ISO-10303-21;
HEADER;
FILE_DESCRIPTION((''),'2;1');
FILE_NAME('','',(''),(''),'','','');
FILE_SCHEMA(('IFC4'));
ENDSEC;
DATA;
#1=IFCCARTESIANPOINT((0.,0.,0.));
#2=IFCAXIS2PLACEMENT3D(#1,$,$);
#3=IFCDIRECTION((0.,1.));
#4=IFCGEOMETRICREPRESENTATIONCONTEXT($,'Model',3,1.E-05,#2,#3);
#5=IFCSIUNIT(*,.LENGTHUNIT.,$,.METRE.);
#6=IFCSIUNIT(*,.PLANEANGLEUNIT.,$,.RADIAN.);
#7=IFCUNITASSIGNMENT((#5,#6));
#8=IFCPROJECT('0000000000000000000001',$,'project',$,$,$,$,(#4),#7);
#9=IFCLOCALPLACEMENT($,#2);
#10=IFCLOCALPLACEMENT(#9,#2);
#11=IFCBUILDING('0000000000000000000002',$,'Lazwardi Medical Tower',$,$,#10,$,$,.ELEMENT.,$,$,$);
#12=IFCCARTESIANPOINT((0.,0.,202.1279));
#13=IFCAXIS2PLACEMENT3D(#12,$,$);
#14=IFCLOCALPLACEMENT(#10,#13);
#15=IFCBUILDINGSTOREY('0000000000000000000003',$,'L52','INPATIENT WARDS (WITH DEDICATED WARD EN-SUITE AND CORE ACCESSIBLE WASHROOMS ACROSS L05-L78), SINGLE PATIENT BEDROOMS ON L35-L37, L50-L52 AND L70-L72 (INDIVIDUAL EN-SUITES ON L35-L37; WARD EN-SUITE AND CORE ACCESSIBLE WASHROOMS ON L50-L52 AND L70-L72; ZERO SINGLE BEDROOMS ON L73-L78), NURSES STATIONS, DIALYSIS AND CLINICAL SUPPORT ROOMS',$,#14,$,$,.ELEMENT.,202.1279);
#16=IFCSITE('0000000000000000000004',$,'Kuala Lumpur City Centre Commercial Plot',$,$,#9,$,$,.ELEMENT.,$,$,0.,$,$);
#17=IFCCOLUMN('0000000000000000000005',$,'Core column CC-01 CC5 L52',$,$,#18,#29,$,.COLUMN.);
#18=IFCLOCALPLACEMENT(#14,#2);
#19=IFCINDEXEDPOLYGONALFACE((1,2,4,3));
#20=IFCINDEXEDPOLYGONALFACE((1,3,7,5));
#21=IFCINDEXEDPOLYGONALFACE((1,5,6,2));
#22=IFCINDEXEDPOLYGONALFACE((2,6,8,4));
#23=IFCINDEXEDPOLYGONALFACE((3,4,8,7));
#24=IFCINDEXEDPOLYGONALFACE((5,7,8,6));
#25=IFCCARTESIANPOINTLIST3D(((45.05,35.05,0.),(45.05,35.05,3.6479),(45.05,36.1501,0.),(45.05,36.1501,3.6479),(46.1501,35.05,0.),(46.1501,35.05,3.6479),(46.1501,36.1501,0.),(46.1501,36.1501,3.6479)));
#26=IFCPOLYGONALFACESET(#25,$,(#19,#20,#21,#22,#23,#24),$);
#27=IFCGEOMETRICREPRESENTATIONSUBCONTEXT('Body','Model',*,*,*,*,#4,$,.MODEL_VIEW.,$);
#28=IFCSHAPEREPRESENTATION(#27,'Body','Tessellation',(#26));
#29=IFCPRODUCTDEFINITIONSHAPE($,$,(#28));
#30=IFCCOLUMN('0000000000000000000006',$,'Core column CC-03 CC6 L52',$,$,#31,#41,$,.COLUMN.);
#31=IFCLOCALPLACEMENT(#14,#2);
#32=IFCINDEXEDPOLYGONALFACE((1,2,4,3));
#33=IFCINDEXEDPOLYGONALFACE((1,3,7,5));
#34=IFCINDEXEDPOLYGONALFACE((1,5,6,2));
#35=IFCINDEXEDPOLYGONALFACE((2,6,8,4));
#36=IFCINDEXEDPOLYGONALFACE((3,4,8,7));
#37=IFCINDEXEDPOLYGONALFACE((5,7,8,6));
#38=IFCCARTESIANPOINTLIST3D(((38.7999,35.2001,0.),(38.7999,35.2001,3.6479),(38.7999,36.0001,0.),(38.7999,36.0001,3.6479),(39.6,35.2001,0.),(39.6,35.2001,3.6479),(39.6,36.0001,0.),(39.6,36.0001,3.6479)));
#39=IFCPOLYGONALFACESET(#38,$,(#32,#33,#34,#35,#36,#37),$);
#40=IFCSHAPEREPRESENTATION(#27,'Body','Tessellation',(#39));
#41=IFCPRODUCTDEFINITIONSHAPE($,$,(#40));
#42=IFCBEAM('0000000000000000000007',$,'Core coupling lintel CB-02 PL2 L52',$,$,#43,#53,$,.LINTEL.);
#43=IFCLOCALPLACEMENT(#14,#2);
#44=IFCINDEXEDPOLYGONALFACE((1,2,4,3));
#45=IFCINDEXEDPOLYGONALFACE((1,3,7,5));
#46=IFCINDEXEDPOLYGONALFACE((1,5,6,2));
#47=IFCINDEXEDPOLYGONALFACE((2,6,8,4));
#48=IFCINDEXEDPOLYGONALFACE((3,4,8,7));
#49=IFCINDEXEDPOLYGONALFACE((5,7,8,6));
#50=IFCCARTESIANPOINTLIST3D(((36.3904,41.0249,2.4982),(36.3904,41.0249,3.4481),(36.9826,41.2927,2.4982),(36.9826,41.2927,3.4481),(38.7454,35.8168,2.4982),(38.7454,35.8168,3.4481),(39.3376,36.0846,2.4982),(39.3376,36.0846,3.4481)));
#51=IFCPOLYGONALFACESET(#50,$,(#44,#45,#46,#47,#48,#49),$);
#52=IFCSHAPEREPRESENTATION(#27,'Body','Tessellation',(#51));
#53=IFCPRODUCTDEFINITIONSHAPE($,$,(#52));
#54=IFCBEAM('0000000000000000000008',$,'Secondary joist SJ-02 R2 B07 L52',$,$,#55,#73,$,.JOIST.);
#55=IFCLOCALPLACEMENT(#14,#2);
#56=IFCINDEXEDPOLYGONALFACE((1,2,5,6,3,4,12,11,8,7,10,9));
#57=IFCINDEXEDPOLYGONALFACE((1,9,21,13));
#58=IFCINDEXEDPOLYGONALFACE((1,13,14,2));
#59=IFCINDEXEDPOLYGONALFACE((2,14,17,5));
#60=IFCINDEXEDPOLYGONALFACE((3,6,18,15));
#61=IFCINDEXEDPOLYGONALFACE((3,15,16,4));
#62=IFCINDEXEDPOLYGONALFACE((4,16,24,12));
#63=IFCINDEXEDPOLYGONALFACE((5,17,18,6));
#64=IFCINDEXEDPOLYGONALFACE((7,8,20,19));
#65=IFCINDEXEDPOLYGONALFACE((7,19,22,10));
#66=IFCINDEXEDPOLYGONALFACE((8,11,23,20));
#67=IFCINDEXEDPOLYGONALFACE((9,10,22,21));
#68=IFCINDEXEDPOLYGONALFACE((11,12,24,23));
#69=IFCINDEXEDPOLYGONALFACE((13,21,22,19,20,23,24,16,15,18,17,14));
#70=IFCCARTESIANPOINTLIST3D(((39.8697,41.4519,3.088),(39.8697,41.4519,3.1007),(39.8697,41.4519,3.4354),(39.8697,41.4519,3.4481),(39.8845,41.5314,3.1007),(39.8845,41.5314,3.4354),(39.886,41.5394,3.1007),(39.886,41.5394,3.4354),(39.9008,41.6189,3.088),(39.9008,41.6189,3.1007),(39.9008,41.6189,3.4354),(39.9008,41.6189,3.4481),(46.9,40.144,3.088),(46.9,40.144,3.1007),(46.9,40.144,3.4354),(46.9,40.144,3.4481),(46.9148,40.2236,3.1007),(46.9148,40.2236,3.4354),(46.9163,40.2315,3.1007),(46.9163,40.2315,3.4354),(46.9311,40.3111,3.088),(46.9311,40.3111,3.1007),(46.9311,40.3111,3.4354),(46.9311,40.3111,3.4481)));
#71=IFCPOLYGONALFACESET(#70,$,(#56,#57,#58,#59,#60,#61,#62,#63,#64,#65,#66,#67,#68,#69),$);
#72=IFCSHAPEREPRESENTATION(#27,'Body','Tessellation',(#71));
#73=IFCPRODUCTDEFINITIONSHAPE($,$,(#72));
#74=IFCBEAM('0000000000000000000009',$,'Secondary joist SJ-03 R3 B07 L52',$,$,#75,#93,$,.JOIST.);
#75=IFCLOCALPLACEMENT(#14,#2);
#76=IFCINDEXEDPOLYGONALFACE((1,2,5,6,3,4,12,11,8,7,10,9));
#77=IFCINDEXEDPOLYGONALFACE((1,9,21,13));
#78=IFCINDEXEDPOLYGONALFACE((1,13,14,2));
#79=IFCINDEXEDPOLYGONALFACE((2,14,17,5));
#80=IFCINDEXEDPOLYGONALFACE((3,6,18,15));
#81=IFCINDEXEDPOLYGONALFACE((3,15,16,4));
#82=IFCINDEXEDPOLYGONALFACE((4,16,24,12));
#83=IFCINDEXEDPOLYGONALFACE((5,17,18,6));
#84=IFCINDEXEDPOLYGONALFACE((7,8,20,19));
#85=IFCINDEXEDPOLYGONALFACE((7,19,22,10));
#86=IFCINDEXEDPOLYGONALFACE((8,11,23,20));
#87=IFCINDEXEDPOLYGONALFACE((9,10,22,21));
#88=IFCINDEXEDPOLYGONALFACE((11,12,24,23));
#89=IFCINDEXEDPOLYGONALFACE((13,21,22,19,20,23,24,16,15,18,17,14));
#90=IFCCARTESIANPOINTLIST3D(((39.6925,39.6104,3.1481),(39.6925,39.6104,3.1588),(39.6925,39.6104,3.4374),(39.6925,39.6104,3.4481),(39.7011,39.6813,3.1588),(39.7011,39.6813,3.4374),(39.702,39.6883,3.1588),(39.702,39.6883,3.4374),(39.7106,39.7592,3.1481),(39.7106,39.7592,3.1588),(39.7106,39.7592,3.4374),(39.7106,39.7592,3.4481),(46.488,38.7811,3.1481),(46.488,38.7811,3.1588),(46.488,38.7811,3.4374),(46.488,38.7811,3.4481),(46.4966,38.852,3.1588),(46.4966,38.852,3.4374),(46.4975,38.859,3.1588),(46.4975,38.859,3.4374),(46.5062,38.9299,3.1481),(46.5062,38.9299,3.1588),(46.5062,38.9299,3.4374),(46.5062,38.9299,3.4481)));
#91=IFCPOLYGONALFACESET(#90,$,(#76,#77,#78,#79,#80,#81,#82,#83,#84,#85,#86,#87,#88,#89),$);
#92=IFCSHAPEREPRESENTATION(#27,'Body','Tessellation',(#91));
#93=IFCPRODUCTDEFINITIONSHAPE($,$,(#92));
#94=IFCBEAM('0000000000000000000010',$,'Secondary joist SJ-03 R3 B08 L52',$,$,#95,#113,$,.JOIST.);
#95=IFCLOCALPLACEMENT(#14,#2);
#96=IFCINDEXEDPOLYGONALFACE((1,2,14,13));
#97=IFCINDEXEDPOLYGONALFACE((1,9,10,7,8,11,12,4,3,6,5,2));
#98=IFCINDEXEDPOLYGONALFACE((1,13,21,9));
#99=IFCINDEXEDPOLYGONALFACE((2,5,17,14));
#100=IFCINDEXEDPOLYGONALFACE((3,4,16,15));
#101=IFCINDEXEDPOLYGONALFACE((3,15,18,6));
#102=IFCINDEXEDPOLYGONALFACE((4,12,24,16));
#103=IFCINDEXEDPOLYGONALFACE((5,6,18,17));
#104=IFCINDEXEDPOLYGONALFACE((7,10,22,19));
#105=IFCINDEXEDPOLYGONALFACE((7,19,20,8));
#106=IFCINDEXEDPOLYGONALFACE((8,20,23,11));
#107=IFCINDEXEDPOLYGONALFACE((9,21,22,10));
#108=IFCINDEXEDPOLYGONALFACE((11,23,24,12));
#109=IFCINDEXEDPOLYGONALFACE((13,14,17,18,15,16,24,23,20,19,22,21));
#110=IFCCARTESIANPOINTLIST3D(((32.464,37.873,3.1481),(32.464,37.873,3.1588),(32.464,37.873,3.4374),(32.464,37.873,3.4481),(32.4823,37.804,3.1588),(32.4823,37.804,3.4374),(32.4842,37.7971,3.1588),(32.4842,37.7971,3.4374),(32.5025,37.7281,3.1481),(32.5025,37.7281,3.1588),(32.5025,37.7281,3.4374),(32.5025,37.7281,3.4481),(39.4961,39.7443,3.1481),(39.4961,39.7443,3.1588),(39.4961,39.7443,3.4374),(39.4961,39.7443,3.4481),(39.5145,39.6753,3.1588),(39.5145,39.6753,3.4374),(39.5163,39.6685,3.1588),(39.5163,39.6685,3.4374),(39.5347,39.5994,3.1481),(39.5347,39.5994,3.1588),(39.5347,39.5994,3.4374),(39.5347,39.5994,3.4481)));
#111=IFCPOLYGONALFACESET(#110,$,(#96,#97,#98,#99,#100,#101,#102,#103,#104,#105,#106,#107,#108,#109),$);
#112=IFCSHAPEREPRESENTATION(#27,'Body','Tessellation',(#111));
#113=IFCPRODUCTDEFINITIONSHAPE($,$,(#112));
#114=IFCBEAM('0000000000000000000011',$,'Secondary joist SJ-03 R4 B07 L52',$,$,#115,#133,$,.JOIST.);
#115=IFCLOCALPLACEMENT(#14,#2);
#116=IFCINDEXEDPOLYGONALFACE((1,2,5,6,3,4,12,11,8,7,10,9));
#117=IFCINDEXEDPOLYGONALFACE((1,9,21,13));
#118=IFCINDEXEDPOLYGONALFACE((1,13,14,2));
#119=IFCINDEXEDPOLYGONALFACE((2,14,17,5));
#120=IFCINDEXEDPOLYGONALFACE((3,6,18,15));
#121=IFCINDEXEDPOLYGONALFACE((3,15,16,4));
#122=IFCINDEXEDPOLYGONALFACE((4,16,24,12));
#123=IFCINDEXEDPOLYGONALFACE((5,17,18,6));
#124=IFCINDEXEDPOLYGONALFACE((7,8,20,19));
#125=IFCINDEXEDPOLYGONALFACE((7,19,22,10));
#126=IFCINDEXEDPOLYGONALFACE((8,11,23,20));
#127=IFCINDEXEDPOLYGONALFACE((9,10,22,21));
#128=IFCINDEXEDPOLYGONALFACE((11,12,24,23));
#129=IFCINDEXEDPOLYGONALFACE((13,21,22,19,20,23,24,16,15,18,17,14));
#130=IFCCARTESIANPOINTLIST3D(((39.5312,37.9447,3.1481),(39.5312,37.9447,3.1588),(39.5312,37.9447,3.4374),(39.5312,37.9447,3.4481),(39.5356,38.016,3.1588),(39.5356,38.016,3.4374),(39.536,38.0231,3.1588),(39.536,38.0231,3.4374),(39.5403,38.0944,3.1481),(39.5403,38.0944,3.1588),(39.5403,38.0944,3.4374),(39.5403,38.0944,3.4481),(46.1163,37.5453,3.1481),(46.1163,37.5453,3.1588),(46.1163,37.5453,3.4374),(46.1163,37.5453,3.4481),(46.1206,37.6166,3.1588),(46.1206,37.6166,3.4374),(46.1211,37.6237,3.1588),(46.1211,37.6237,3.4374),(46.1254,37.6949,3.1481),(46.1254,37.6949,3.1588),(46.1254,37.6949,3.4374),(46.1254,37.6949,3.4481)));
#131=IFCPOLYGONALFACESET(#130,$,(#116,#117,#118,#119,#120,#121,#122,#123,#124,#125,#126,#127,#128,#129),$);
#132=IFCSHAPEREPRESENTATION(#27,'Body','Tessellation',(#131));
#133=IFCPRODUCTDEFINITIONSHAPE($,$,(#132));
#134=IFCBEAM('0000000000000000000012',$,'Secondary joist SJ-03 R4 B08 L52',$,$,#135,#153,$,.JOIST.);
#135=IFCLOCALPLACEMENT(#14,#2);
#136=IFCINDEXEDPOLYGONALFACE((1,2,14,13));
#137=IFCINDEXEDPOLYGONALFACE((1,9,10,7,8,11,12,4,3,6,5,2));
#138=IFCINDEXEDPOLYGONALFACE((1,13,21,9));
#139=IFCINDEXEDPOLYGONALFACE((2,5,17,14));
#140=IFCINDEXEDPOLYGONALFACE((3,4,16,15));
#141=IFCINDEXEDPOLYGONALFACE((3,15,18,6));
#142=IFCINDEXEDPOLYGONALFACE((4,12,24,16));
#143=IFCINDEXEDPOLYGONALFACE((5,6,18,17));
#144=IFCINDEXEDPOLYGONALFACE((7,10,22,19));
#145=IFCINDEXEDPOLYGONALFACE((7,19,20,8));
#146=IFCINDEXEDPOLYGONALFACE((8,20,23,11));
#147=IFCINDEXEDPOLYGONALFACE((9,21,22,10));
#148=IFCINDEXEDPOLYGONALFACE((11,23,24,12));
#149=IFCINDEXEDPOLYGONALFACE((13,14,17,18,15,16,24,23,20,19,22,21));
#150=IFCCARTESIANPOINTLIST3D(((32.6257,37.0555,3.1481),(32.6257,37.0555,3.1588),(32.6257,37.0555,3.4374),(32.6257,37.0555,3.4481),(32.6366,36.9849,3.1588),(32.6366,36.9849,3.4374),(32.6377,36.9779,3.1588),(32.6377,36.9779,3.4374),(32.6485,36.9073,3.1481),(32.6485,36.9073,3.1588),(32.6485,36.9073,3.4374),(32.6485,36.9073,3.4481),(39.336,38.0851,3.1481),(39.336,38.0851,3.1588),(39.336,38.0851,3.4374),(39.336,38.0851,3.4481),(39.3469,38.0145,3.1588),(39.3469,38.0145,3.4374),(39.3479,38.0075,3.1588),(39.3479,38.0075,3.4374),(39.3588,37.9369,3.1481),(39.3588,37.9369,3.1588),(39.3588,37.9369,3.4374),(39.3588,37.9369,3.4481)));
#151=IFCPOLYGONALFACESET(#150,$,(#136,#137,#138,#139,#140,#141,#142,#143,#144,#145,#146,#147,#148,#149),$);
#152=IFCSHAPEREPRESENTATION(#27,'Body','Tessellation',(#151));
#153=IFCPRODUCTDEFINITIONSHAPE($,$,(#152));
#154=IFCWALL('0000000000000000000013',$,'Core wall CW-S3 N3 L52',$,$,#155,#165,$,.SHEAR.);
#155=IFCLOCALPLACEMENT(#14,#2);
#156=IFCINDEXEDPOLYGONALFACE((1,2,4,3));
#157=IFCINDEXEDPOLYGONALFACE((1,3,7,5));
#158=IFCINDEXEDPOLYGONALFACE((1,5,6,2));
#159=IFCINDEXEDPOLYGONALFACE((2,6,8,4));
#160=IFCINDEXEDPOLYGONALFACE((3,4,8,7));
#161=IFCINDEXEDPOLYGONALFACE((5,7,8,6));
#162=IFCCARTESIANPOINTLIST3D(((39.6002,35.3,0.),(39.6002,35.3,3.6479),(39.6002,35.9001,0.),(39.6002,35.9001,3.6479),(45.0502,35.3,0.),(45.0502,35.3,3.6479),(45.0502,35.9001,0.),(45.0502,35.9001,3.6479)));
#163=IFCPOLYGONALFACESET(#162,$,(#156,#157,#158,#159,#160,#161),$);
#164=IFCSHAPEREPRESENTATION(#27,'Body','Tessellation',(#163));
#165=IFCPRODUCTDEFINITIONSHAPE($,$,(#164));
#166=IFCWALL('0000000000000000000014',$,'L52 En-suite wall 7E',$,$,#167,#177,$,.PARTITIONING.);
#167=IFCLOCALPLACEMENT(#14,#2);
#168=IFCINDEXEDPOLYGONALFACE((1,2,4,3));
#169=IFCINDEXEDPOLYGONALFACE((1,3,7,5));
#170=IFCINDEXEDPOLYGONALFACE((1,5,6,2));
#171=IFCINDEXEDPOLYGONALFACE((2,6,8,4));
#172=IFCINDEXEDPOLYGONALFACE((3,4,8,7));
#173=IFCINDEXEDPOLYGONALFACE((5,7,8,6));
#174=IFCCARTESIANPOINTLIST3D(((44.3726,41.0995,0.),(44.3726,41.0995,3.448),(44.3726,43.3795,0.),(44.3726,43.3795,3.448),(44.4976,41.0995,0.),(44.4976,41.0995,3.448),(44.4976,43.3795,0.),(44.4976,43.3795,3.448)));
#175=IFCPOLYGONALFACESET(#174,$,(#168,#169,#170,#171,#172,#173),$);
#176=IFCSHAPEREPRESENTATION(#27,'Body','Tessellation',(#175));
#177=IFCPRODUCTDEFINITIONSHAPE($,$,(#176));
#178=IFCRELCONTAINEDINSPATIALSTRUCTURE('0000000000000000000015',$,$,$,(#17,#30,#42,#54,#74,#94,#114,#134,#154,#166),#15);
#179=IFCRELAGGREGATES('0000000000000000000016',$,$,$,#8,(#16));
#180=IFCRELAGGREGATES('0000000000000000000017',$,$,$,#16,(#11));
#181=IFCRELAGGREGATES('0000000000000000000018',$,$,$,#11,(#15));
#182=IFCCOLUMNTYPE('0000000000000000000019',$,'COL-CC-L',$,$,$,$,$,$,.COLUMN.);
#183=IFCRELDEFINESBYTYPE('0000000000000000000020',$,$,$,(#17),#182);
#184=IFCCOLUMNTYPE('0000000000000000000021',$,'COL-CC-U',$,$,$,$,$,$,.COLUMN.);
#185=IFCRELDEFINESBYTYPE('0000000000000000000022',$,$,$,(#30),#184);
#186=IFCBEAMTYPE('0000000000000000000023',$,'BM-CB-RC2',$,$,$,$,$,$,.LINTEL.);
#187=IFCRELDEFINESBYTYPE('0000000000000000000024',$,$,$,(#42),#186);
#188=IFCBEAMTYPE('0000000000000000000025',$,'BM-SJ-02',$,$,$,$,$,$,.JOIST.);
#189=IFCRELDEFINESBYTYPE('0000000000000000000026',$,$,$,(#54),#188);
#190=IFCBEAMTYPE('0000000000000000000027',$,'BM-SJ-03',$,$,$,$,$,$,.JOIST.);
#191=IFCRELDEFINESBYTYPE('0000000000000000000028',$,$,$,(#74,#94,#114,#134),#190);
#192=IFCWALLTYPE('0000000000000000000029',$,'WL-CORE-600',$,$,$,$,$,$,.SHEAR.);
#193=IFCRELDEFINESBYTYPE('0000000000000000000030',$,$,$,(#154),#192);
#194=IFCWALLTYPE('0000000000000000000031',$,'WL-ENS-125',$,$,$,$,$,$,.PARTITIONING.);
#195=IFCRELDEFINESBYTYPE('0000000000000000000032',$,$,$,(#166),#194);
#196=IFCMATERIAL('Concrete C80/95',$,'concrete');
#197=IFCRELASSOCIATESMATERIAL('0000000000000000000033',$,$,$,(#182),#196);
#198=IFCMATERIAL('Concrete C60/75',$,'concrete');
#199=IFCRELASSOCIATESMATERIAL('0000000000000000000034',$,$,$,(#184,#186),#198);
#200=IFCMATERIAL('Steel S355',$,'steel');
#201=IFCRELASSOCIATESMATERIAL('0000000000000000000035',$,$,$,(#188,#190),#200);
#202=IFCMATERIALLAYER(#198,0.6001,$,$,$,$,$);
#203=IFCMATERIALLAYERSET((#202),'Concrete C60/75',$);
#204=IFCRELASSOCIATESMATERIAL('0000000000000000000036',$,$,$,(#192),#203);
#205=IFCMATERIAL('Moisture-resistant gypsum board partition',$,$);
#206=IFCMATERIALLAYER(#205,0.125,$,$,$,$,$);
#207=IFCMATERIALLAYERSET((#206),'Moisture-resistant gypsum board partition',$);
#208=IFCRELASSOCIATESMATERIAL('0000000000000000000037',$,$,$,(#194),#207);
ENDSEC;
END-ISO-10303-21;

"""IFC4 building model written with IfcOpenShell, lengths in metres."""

from ifc_helpers import new_model, si_unit, direction, frame, frame_2d, origin, origin_2d, place, context, subcontext, project, spatial, rectangle, i_section, extrude, material, layer, layer_set, material_profile, profile_set, type_object, element, save


model = new_model("IFC4")

# Units and contexts
model_context = context("Model", 3, precision=1e-05, world=origin(), true_north=direction((0.0, 1.0)))
body_context = subcontext(model_context, "Body", "Model", "MODEL_VIEW")
ifc_project = project(units=[si_unit("LENGTHUNIT", "METRE"), si_unit("PLANEANGLEUNIT", "RADIAN")], contexts=[model_context])

# Site, building, storey
site_placement = place(None, origin())
site = spatial("IfcSite", under=ifc_project, at=site_placement, Name="Kuala Lumpur City Centre Commercial Plot", CompositionType="ELEMENT", RefElevation=0.0)
building_placement = place(site_placement, origin())
building = spatial("IfcBuilding", under=site, at=building_placement, Name="Lazwardi Medical Tower", CompositionType="ELEMENT")
storey_placement = place(building_placement, frame((0.0, 0.0, 202.1279)))
storey = spatial("IfcBuildingStorey", under=building, at=storey_placement, Name="L52", Description="INPATIENT WARDS (WITH DEDICATED WARD EN-SUITE AND CORE ACCESSIBLE WASHROOMS ACROSS L05-L78), SINGLE PATIENT BEDROOMS ON L35-L37, L50-L52 AND L70-L72 (INDIVIDUAL EN-SUITES ON L35-L37; WARD EN-SUITE AND CORE ACCESSIBLE WASHROOMS ON L50-L52 AND L70-L72; ZERO SINGLE BEDROOMS ON L73-L78), NURSES STATIONS, DIALYSIS AND CLINICAL SUPPORT ROOMS", CompositionType="ELEMENT", Elevation=202.1279)

# Columns
ifc_material_1 = material(Name="Concrete C80/95", Category="concrete")
ifc_material_profile_1 = material_profile(ifc_material_1, rectangle(XDim=1.1001, YDim=1.1001, at=origin_2d()), Name="RC 1100x1100")
ifc_profile_set_1 = profile_set([ifc_material_profile_1], Name="Concrete C80/95")
column_type_1 = type_object("IfcColumnType", Name="COL-CC-L", PredefinedType="COLUMN", material=ifc_profile_set_1)
column_1_placement = place(storey_placement, frame((45.6001, 35.6001, 0.0), z_axis=(0.0, 0.0, 1.0), x_axis=(1.0, 0.0, 0.0)))
element("IfcColumn", 1, at=column_1_placement, inside=storey, type_object=column_type_1, Name="Core column CC-01 CC5 L52", PredefinedType="COLUMN", context=body_context, shape_type="SweptSolid", body=[
    extrude(rectangle(XDim=1.1001, YDim=1.1001, at=origin_2d()), origin(), (0.0, 0.0, 1.0), 3.6479),
])
ifc_material_2 = material(Name="Concrete C60/75", Category="concrete")
ifc_material_profile_2 = material_profile(ifc_material_2, rectangle(XDim=0.8, YDim=0.8, at=origin_2d()), Name="RC 800x800")
ifc_profile_set_2 = profile_set([ifc_material_profile_2], Name="Concrete C60/75")
column_type_2 = type_object("IfcColumnType", Name="COL-CC-U", PredefinedType="COLUMN", material=ifc_profile_set_2)
column_2_placement = place(storey_placement, frame((39.2, 35.6001, 0.0), z_axis=(0.0, 0.0, 1.0), x_axis=(1.0, 0.0, 0.0)))
element("IfcColumn", 2, at=column_2_placement, inside=storey, type_object=column_type_2, Name="Core column CC-03 CC6 L52", PredefinedType="COLUMN", context=body_context, shape_type="SweptSolid", body=[
    extrude(rectangle(XDim=0.8, YDim=0.8, at=origin_2d()), origin(), (0.0, 0.0, 1.0), 3.6479),
])

# Beams
ifc_material_profile_3 = material_profile(ifc_material_2, rectangle(XDim=0.6499, YDim=0.95, at=origin_2d()), Name="RC 650x950")
ifc_profile_set_3 = profile_set([ifc_material_profile_3], Name="Concrete C60/75")
beam_type_1 = type_object("IfcBeamType", Name="BM-CB-RC2", PredefinedType="LINTEL", material=ifc_profile_set_3)
beam_1_placement = place(storey_placement, frame((39.0415, 35.9507, 2.9731), z_axis=(-0.412019, 0.911175, 0.0), x_axis=(-0.911175, -0.412019, 0.0)))
element("IfcBeam", 3, at=beam_1_placement, inside=storey, type_object=beam_type_1, Name="Core coupling lintel CB-02 PL2 L52", PredefinedType="LINTEL", context=body_context, shape_type="SweptSolid", body=[
    extrude(rectangle(XDim=0.6499, YDim=0.95, at=origin_2d()), origin(), (0.0, 0.0, 1.0), 5.7158),
])
ifc_material_3 = material(Name="Steel S355", Category="steel")
ifc_material_profile_4 = material_profile(ifc_material_3, i_section(OverallWidth=0.1699, OverallDepth=0.3601, WebThickness=0.0081, FlangeThickness=0.0127, at=origin_2d()), Name="IPE 360")
ifc_profile_set_4 = profile_set([ifc_material_profile_4], Name="Steel S355")
beam_type_2 = type_object("IfcBeamType", Name="BM-SJ-02", PredefinedType="JOIST", material=ifc_profile_set_4)
beam_2_placement = place(storey_placement, frame((46.9155, 40.2275, 3.2681), z_axis=(-0.983132, 0.182895, 0.0), x_axis=(-0.182895, -0.983132, 0.0)))
element("IfcBeam", 4, at=beam_2_placement, inside=storey, type_object=beam_type_2, Name="Secondary joist SJ-02 R2 B07 L52", PredefinedType="JOIST", context=body_context, shape_type="SweptSolid", body=[
    extrude(i_section(OverallWidth=0.1699, OverallDepth=0.3601, WebThickness=0.0081, FlangeThickness=0.0127, at=origin_2d()), origin(), (0.0, 0.0, 1.0), 7.1509),
])
ifc_material_profile_5 = material_profile(ifc_material_3, i_section(OverallWidth=0.1499, OverallDepth=0.3, WebThickness=0.0071, FlangeThickness=0.0107, at=origin_2d()), Name="IPE 300")
ifc_profile_set_5 = profile_set([ifc_material_profile_5], Name="Steel S355")
beam_type_3 = type_object("IfcBeamType", Name="BM-SJ-03", PredefinedType="JOIST", material=ifc_profile_set_5)
beam_3_placement = place(storey_placement, frame((46.4971, 38.8555, 3.2981), z_axis=(-0.992635, 0.121146, 0.0), x_axis=(-0.121146, -0.992635, 0.0)))
element("IfcBeam", 5, at=beam_3_placement, inside=storey, type_object=beam_type_3, Name="Secondary joist SJ-03 R3 B07 L52", PredefinedType="JOIST", context=body_context, shape_type="SweptSolid", body=[
    extrude(i_section(OverallWidth=0.1499, OverallDepth=0.3, WebThickness=0.0071, FlangeThickness=0.0107, at=origin_2d()), origin(), (0.0, 0.0, 1.0), 6.8459),
])
beam_4_placement = place(storey_placement, frame((39.5154, 39.6719, 3.2981), z_axis=(-0.966369, -0.257159, 0.0), x_axis=(0.257159, -0.966369, 0.0)))
element("IfcBeam", 6, at=beam_4_placement, inside=storey, type_object=beam_type_3, Name="Secondary joist SJ-03 R3 B08 L52", PredefinedType="JOIST", context=body_context, shape_type="SweptSolid", body=[
    extrude(i_section(OverallWidth=0.1499, OverallDepth=0.3, WebThickness=0.0071, FlangeThickness=0.0107, at=origin_2d()), origin(), (0.0, 0.0, 1.0), 7.2769),
])
beam_5_placement = place(storey_placement, frame((46.1208, 37.6201, 3.2981), z_axis=(-0.998166, 0.060544, 0.0), x_axis=(-0.060544, -0.998166, 0.0)))
element("IfcBeam", 7, at=beam_5_placement, inside=storey, type_object=beam_type_3, Name="Secondary joist SJ-03 R4 B07 L52", PredefinedType="JOIST", context=body_context, shape_type="SweptSolid", body=[
    extrude(i_section(OverallWidth=0.1499, OverallDepth=0.3, WebThickness=0.0071, FlangeThickness=0.0107, at=origin_2d()), origin(), (0.0, 0.0, 1.0), 6.5972),
])
beam_6_placement = place(storey_placement, frame((39.3474, 38.011, 3.2981), z_axis=(-0.988434, -0.151655, 0.0), x_axis=(0.151655, -0.988434, 0.0)))
element("IfcBeam", 8, at=beam_6_placement, inside=storey, type_object=beam_type_3, Name="Secondary joist SJ-03 R4 B08 L52", PredefinedType="JOIST", context=body_context, shape_type="SweptSolid", body=[
    extrude(i_section(OverallWidth=0.1499, OverallDepth=0.3, WebThickness=0.0071, FlangeThickness=0.0107, at=origin_2d()), origin(), (0.0, 0.0, 1.0), 6.7888),
])

# Walls
ifc_layer_1 = layer(ifc_material_2, 0.6001)
ifc_layer_set_1 = layer_set([ifc_layer_1], Name="Concrete C60/75")
wall_type_1 = type_object("IfcWallType", Name="WL-CORE-600", PredefinedType="SHEAR", material=ifc_layer_set_1)
wall_1_placement = place(storey_placement, frame((39.6001, 35.6001, 0.0), z_axis=(0.0, 0.0, 1.0), x_axis=(1.0, 0.0, 0.0)))
element("IfcWall", 9, at=wall_1_placement, inside=storey, type_object=wall_type_1, Name="Core wall CW-S3 N3 L52", PredefinedType="SHEAR", context=body_context, shape_type="SweptSolid", body=[
    extrude(rectangle(XDim=5.45, YDim=0.6001, at=frame_2d((2.7251, 0.0))), origin(), (0.0, 0.0, 1.0), 3.6479),
])
ifc_material_4 = material(Name="Moisture-resistant gypsum board partition")
ifc_layer_2 = layer(ifc_material_4, 0.125)
ifc_layer_set_2 = layer_set([ifc_layer_2], Name="Moisture-resistant gypsum board partition")
wall_type_2 = type_object("IfcWallType", Name="WL-ENS-125", PredefinedType="PARTITIONING", material=ifc_layer_set_2)
for number, where, z_axis, x_axis, name in (
    (10, (44.4351, 41.0994, 0.0), (0.0, 0.0, 1.0), (0.0, 1.0, 0.0), "L52 En-suite wall 7E"),
):
    element("IfcWall", number, at=place(storey_placement, frame(where, z_axis=z_axis, x_axis=x_axis)), inside=storey, type_object=wall_type_2, Name=name, PredefinedType="PARTITIONING", context=body_context, shape_type="SweptSolid", body=[
        extrude(rectangle(XDim=2.28, YDim=0.125, at=frame_2d((1.1401, 0.0))), origin(), (0.0, 0.0, 1.0), 3.448),
    ])

save(model, "model.ifc")
